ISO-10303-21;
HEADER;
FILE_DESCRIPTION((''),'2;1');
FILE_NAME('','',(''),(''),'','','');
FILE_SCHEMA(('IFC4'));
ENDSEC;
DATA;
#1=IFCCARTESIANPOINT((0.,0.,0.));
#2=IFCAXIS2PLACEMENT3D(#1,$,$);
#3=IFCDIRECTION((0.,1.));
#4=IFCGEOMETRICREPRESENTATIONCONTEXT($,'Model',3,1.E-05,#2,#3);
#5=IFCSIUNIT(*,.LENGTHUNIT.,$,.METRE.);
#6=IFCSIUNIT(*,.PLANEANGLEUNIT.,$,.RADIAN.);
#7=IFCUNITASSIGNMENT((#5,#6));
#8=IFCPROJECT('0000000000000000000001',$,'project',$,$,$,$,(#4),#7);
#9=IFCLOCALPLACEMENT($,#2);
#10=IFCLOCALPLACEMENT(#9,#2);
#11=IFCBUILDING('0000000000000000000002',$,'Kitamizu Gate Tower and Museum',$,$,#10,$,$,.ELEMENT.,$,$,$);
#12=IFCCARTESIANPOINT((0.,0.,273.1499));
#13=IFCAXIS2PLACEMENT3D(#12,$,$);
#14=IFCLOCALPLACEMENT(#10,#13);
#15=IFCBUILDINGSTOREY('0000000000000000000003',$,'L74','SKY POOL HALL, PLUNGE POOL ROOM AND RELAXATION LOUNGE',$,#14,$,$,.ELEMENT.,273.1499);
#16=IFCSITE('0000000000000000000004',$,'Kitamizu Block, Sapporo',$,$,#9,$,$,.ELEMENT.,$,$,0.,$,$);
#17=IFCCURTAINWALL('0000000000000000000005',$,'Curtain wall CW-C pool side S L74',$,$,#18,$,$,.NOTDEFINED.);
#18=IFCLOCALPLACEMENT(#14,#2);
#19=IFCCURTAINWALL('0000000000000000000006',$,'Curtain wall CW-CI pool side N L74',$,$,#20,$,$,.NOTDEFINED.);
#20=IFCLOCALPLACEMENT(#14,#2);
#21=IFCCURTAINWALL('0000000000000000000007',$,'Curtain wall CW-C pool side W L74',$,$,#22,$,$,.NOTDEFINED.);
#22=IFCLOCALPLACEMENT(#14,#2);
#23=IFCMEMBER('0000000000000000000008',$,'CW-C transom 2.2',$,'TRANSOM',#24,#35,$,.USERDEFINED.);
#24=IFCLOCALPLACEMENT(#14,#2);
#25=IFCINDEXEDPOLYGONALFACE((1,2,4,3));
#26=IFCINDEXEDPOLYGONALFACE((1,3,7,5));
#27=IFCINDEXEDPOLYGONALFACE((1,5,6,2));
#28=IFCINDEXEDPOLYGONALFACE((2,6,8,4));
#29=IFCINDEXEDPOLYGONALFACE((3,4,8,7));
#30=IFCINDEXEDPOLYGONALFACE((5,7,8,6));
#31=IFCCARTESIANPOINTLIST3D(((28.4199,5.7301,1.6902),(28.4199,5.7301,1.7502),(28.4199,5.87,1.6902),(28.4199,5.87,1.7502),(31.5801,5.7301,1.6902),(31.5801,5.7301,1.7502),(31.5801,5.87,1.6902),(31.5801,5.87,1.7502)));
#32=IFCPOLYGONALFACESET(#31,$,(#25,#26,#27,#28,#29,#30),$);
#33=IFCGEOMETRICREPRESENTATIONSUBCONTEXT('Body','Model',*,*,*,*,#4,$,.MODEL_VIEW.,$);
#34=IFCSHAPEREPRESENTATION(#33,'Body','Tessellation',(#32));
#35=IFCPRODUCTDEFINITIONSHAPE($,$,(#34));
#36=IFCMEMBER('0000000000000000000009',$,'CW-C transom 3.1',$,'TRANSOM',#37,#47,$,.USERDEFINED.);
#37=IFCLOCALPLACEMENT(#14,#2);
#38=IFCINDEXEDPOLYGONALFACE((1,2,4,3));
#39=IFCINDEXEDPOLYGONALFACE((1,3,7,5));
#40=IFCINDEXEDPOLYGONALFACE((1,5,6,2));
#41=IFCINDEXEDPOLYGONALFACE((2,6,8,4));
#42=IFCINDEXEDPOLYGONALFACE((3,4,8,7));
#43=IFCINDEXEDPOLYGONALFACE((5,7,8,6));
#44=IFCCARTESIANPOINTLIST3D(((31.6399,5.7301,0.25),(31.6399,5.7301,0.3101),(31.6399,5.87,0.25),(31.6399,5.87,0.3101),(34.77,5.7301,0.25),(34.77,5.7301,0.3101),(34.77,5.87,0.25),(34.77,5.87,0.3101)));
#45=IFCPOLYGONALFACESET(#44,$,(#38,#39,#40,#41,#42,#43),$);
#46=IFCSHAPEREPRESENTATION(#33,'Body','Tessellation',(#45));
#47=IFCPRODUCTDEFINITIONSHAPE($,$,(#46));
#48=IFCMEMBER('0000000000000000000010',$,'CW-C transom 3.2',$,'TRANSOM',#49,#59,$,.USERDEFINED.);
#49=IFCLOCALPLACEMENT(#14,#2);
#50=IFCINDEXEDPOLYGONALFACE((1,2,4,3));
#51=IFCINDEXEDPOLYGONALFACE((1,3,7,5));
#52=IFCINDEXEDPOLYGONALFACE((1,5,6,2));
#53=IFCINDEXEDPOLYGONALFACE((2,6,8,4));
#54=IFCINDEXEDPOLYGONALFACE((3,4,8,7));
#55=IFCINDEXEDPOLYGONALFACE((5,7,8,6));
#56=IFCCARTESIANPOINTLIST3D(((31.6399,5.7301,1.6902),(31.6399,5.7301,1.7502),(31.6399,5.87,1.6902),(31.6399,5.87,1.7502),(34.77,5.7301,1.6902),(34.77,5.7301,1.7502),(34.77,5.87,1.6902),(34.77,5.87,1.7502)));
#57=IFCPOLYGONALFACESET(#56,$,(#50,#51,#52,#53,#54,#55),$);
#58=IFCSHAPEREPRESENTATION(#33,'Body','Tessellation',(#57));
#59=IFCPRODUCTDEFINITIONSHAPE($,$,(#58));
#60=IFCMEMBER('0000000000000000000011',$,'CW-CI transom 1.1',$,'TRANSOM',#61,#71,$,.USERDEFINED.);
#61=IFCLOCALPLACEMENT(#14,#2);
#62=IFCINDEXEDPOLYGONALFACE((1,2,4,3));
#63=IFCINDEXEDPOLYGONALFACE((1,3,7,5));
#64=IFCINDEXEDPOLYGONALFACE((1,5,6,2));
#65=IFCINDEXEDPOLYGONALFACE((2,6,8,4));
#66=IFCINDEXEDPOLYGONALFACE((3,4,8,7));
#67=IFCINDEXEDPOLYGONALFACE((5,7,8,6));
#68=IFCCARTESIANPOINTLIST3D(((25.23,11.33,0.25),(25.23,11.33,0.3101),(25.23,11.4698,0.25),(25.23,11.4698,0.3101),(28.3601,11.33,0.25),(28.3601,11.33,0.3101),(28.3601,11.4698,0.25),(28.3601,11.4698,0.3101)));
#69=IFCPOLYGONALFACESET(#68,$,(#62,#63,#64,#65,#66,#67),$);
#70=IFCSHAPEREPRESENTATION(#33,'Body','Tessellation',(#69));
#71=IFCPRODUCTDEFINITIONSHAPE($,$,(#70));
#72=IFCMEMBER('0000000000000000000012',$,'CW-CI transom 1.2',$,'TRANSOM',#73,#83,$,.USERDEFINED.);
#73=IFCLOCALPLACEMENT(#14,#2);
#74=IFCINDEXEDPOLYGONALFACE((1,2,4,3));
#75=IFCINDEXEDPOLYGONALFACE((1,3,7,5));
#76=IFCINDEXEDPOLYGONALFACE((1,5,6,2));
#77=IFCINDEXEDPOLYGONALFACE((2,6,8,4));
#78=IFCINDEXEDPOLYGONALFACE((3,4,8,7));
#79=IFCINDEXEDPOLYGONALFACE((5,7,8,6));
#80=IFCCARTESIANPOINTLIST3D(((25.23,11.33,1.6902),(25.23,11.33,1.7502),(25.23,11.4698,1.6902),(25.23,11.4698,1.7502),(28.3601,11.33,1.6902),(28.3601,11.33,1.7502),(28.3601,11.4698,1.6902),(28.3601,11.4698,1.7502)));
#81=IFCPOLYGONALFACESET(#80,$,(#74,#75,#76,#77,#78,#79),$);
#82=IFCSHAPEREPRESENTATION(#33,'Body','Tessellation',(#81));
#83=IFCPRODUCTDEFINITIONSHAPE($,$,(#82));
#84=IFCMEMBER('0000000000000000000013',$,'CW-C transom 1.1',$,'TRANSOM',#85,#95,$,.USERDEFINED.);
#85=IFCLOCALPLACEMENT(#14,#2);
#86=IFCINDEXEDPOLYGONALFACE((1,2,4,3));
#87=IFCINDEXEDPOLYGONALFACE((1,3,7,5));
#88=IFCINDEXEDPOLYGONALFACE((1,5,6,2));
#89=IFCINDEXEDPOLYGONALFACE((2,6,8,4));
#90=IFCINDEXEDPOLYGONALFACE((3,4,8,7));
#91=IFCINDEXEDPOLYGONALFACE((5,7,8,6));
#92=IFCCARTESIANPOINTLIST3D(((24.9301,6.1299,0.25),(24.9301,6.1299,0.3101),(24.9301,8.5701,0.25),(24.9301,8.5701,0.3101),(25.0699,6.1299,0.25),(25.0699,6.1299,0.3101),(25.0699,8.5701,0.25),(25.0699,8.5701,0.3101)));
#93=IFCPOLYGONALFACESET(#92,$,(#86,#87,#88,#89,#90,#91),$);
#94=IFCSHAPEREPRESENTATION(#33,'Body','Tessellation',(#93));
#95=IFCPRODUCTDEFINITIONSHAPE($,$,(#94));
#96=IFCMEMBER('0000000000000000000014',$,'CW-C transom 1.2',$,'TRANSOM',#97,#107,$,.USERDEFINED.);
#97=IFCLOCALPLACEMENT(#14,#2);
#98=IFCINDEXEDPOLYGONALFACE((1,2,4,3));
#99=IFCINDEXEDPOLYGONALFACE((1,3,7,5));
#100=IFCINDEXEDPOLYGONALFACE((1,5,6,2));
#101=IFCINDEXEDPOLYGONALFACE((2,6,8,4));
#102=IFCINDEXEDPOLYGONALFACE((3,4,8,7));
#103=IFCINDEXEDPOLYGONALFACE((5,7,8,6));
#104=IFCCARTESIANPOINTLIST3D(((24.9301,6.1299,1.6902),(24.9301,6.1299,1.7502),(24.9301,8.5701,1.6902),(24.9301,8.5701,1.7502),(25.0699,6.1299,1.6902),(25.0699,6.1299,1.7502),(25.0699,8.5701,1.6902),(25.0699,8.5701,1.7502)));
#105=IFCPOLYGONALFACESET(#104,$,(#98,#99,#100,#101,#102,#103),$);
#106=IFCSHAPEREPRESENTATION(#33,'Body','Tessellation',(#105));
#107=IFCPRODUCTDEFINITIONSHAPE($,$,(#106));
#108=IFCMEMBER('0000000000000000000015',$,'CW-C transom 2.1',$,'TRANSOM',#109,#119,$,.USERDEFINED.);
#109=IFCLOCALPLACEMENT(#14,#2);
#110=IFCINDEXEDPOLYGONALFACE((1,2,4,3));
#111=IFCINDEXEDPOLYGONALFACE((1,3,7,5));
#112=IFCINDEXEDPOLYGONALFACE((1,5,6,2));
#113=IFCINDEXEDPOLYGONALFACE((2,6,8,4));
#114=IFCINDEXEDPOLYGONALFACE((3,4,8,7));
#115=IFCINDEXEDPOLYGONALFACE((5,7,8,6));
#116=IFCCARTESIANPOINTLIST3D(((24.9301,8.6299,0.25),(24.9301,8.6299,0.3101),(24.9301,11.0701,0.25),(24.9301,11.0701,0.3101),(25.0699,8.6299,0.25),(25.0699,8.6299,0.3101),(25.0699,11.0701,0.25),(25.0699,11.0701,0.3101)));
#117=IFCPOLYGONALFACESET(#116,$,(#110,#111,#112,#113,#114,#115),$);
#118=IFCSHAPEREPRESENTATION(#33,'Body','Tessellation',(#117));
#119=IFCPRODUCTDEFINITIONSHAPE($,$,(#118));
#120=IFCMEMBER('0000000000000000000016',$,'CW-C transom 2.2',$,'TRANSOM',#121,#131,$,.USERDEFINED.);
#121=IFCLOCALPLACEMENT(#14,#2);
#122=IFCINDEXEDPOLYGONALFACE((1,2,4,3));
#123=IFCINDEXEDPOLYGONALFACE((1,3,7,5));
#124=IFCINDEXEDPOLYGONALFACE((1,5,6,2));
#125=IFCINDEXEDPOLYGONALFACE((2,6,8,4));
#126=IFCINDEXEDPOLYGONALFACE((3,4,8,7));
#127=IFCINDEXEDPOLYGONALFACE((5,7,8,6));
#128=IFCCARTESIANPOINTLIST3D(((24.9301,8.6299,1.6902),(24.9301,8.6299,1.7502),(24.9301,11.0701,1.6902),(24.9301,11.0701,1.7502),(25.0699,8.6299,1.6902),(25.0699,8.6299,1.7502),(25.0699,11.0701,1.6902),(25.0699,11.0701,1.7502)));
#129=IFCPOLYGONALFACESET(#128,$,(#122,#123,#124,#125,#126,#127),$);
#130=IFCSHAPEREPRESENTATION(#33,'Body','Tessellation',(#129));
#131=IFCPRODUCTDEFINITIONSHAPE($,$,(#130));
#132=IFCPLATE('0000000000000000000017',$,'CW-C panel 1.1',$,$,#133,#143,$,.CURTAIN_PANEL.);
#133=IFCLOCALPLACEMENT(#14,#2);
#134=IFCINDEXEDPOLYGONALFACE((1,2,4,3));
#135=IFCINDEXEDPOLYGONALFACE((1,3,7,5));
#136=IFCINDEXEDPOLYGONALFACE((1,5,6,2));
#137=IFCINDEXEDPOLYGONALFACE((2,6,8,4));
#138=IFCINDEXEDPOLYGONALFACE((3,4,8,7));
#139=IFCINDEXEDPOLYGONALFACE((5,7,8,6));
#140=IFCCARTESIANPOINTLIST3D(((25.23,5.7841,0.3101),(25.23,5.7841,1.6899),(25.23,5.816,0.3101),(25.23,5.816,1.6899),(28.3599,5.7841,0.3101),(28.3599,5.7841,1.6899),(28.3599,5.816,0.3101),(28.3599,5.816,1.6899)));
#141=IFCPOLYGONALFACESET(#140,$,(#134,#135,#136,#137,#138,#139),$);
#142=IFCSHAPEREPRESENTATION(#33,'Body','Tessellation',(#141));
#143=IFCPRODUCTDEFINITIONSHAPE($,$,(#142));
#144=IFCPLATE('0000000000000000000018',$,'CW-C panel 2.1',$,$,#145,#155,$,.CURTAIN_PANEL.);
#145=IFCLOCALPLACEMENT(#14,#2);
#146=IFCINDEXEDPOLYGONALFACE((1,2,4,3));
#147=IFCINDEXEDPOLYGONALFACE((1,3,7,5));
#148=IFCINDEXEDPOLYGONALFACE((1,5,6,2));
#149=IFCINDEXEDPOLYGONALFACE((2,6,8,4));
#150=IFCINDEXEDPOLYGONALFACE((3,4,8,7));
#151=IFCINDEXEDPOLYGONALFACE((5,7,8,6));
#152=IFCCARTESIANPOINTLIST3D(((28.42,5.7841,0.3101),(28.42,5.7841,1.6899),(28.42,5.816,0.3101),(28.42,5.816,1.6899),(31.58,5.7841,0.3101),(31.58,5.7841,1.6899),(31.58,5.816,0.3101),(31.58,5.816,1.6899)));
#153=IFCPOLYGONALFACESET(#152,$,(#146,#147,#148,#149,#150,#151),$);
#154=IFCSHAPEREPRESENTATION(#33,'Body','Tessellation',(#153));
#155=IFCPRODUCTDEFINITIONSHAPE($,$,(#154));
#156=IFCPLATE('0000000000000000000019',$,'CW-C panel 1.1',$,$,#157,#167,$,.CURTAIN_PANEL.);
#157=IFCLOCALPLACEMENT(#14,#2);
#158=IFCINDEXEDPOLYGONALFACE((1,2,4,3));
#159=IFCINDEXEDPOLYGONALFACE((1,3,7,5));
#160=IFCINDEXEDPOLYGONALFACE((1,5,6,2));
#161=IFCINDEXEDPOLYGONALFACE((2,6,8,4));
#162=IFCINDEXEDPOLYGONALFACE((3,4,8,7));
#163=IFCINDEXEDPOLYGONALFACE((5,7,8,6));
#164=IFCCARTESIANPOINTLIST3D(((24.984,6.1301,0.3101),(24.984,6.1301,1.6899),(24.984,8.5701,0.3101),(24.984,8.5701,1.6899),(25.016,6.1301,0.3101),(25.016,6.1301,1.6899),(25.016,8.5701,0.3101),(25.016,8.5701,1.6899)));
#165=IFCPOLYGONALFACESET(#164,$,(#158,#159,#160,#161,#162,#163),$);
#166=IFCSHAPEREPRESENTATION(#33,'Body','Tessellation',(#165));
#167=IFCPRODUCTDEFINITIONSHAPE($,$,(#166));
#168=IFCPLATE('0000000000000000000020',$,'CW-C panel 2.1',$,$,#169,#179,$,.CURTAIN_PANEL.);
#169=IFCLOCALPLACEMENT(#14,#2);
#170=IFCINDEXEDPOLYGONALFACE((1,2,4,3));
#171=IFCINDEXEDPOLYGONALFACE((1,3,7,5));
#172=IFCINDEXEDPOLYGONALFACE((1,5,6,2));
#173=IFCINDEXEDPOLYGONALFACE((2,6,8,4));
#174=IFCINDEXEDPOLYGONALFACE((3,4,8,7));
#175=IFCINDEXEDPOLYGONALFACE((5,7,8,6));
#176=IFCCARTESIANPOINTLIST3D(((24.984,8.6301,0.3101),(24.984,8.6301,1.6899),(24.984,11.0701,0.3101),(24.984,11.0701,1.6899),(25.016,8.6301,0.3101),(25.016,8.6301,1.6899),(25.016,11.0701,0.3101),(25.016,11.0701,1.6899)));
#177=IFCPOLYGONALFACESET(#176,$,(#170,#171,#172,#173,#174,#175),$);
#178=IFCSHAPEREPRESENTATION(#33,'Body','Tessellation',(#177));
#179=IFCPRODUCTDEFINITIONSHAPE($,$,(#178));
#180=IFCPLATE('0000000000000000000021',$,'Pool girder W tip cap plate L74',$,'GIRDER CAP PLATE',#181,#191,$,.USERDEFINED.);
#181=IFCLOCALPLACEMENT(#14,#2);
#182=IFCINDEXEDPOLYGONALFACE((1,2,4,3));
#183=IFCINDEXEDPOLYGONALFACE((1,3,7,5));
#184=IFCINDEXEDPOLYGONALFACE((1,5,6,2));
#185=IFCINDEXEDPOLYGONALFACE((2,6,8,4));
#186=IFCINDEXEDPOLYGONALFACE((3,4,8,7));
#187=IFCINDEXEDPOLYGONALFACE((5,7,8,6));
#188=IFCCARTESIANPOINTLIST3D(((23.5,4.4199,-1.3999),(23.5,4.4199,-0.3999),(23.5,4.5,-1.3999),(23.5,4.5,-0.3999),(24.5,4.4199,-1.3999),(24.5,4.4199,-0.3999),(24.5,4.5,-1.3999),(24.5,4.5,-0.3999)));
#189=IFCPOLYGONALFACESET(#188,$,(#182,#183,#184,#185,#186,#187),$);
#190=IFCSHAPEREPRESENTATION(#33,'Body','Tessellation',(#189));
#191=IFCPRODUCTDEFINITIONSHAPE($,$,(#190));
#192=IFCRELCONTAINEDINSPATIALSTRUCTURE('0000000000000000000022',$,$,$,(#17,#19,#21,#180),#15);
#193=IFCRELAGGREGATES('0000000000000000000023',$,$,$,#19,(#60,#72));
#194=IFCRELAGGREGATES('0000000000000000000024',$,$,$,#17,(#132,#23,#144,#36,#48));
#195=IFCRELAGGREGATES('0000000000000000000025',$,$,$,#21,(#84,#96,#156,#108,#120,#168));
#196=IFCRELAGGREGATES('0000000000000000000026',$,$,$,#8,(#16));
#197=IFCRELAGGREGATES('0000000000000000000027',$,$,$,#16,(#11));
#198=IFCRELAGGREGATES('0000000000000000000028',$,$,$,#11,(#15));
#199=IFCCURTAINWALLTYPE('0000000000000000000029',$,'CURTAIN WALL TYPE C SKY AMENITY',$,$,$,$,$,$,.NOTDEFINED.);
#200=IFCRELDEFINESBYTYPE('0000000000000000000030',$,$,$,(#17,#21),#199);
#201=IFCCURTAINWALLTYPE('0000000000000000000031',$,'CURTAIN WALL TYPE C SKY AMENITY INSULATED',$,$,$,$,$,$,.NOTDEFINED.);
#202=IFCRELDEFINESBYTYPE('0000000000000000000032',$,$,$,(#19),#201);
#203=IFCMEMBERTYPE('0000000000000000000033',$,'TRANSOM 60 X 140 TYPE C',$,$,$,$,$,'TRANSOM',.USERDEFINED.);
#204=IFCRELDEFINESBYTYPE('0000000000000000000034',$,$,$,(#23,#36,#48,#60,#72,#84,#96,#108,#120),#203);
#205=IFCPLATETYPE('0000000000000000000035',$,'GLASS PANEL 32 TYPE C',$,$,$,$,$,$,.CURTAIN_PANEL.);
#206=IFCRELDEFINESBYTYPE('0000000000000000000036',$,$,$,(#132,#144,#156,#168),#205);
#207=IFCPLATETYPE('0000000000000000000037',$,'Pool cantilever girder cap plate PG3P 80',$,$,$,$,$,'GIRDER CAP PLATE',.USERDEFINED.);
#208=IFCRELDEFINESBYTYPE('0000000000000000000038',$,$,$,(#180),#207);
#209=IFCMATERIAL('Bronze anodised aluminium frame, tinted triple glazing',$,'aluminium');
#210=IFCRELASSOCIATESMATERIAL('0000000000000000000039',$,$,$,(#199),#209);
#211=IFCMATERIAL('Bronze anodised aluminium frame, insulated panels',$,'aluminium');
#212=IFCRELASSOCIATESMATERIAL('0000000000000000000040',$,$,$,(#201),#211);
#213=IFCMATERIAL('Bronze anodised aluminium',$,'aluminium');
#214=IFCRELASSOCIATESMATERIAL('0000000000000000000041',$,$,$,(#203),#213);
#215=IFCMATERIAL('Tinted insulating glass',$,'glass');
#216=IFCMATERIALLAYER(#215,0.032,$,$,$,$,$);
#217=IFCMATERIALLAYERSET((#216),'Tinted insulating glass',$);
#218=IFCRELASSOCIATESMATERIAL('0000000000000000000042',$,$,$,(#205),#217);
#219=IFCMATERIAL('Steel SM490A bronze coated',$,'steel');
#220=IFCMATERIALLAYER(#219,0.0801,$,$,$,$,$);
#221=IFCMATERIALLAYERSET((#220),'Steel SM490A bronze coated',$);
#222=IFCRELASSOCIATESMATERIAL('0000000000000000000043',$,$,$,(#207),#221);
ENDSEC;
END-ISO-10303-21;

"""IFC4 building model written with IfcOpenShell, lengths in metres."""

from ifc_helpers import new_model, si_unit, direction, frame, origin, origin_2d, place, context, subcontext, project, spatial, rectangle, extrude, material, layer, layer_set, material_profile, profile_set, type_object, element, aggregate, save


model = new_model("IFC4")

# Units and contexts
model_context = context("Model", 3, precision=1e-05, world=origin(), true_north=direction((0.0, 1.0)))
body_context = subcontext(model_context, "Body", "Model", "MODEL_VIEW")
ifc_project = project(units=[si_unit("LENGTHUNIT", "METRE"), si_unit("PLANEANGLEUNIT", "RADIAN")], contexts=[model_context])

# Site, building, storey
site_placement = place(None, origin())
site = spatial("IfcSite", under=ifc_project, at=site_placement, Name="Kitamizu Block, Sapporo", CompositionType="ELEMENT", RefElevation=0.0)
building_placement = place(site_placement, origin())
building = spatial("IfcBuilding", under=site, at=building_placement, Name="Kitamizu Gate Tower and Museum", CompositionType="ELEMENT")
storey_placement = place(building_placement, frame((0.0, 0.0, 273.1499)))
storey = spatial("IfcBuildingStorey", under=building, at=storey_placement, Name="L74", Description="SKY POOL HALL, PLUNGE POOL ROOM AND RELAXATION LOUNGE", CompositionType="ELEMENT", Elevation=273.1499)

# Curtain wall
ifc_material_1 = material(Name="Bronze anodised aluminium frame, tinted triple glazing", Category="aluminium")
curtain_wall_type_1 = type_object("IfcCurtainWallType", Name="CURTAIN WALL TYPE C SKY AMENITY", PredefinedType="NOTDEFINED", material=ifc_material_1)
curtain_wall_1_placement = place(storey_placement, origin())
curtain_wall_1 = element("IfcCurtainWall", 1, at=curtain_wall_1_placement, inside=storey, type_object=curtain_wall_type_1, Name="Curtain wall CW-C pool side S L74", PredefinedType="NOTDEFINED")

# Curtain wall
ifc_material_2 = material(Name="Bronze anodised aluminium frame, insulated panels", Category="aluminium")
curtain_wall_type_2 = type_object("IfcCurtainWallType", Name="CURTAIN WALL TYPE C SKY AMENITY INSULATED", PredefinedType="NOTDEFINED", material=ifc_material_2)
curtain_wall_2_placement = place(storey_placement, origin())
curtain_wall_2 = element("IfcCurtainWall", 2, at=curtain_wall_2_placement, inside=storey, type_object=curtain_wall_type_2, Name="Curtain wall CW-CI pool side N L74", PredefinedType="NOTDEFINED")

# Curtain wall
curtain_wall_3_placement = place(storey_placement, origin())
curtain_wall_3 = element("IfcCurtainWall", 3, at=curtain_wall_3_placement, inside=storey, type_object=curtain_wall_type_1, Name="Curtain wall CW-C pool side W L74", PredefinedType="NOTDEFINED")

# Members
ifc_material_3 = material(Name="Bronze anodised aluminium", Category="aluminium")
ifc_material_profile_1 = material_profile(ifc_material_3, rectangle(XDim=0.1399, YDim=0.0601, at=origin_2d()), Name="AL 60X140")
ifc_profile_set_1 = profile_set([ifc_material_profile_1], Name="Bronze anodised aluminium")
member_type_1 = type_object("IfcMemberType", Name="TRANSOM 60 X 140 TYPE C", ElementType="TRANSOM", PredefinedType="USERDEFINED", material=ifc_profile_set_1)
member_1_placement = place(storey_placement, frame((28.4199, 5.8, 1.7202), z_axis=(1.0, 0.0, 0.0), x_axis=(0.0, 1.0, 0.0)))
member_1 = element("IfcMember", 4, at=member_1_placement, type_object=member_type_1, Name="CW-C transom 2.2", ObjectType="TRANSOM", PredefinedType="USERDEFINED", context=body_context, shape_type="SweptSolid", body=[
    extrude(rectangle(XDim=0.1399, YDim=0.0601, at=origin_2d()), origin(), (0.0, 0.0, 1.0), 3.1602),
])
member_2_placement = place(storey_placement, frame((31.6399, 5.8, 0.28), z_axis=(1.0, 0.0, 0.0), x_axis=(0.0, 1.0, 0.0)))
member_2 = element("IfcMember", 5, at=member_2_placement, type_object=member_type_1, Name="CW-C transom 3.1", ObjectType="TRANSOM", PredefinedType="USERDEFINED", context=body_context, shape_type="SweptSolid", body=[
    extrude(rectangle(XDim=0.1399, YDim=0.0601, at=origin_2d()), origin(), (0.0, 0.0, 1.0), 3.1301),
])
member_3_placement = place(storey_placement, frame((31.6399, 5.8, 1.7202), z_axis=(1.0, 0.0, 0.0), x_axis=(0.0, 1.0, 0.0)))
member_3 = element("IfcMember", 6, at=member_3_placement, type_object=member_type_1, Name="CW-C transom 3.2", ObjectType="TRANSOM", PredefinedType="USERDEFINED", context=body_context, shape_type="SweptSolid", body=[
    extrude(rectangle(XDim=0.1399, YDim=0.0601, at=origin_2d()), origin(), (0.0, 0.0, 1.0), 3.1301),
])
member_4_placement = place(storey_placement, frame((25.23, 11.3999, 0.28), z_axis=(1.0, 0.0, 0.0), x_axis=(0.0, 1.0, 0.0)))
member_4 = element("IfcMember", 7, at=member_4_placement, type_object=member_type_1, Name="CW-CI transom 1.1", ObjectType="TRANSOM", PredefinedType="USERDEFINED", context=body_context, shape_type="SweptSolid", body=[
    extrude(rectangle(XDim=0.1399, YDim=0.0601, at=origin_2d()), origin(), (0.0, 0.0, 1.0), 3.1301),
])
member_5_placement = place(storey_placement, frame((25.23, 11.3999, 1.7202), z_axis=(1.0, 0.0, 0.0), x_axis=(0.0, 1.0, 0.0)))
member_5 = element("IfcMember", 8, at=member_5_placement, type_object=member_type_1, Name="CW-CI transom 1.2", ObjectType="TRANSOM", PredefinedType="USERDEFINED", context=body_context, shape_type="SweptSolid", body=[
    extrude(rectangle(XDim=0.1399, YDim=0.0601, at=origin_2d()), origin(), (0.0, 0.0, 1.0), 3.1301),
])
aggregate(curtain_wall_2, [member_4, member_5])
member_6_placement = place(storey_placement, frame((25.0, 6.1299, 0.28), z_axis=(0.0, 1.0, 0.0), x_axis=(-1.0, 0.0, 0.0)))
member_6 = element("IfcMember", 9, at=member_6_placement, type_object=member_type_1, Name="CW-C transom 1.1", ObjectType="TRANSOM", PredefinedType="USERDEFINED", context=body_context, shape_type="SweptSolid", body=[
    extrude(rectangle(XDim=0.1399, YDim=0.0601, at=origin_2d()), origin(), (0.0, 0.0, 1.0), 2.4402),
])
member_7_placement = place(storey_placement, frame((25.0, 6.1299, 1.7202), z_axis=(0.0, 1.0, 0.0), x_axis=(-1.0, 0.0, 0.0)))
member_7 = element("IfcMember", 10, at=member_7_placement, type_object=member_type_1, Name="CW-C transom 1.2", ObjectType="TRANSOM", PredefinedType="USERDEFINED", context=body_context, shape_type="SweptSolid", body=[
    extrude(rectangle(XDim=0.1399, YDim=0.0601, at=origin_2d()), origin(), (0.0, 0.0, 1.0), 2.4402),
])
member_8_placement = place(storey_placement, frame((25.0, 8.6299, 0.28), z_axis=(0.0, 1.0, 0.0), x_axis=(-1.0, 0.0, 0.0)))
member_8 = element("IfcMember", 11, at=member_8_placement, type_object=member_type_1, Name="CW-C transom 2.1", ObjectType="TRANSOM", PredefinedType="USERDEFINED", context=body_context, shape_type="SweptSolid", body=[
    extrude(rectangle(XDim=0.1399, YDim=0.0601, at=origin_2d()), origin(), (0.0, 0.0, 1.0), 2.4402),
])
member_9_placement = place(storey_placement, frame((25.0, 8.6299, 1.7202), z_axis=(0.0, 1.0, 0.0), x_axis=(-1.0, 0.0, 0.0)))
member_9 = element("IfcMember", 12, at=member_9_placement, type_object=member_type_1, Name="CW-C transom 2.2", ObjectType="TRANSOM", PredefinedType="USERDEFINED", context=body_context, shape_type="SweptSolid", body=[
    extrude(rectangle(XDim=0.1399, YDim=0.0601, at=origin_2d()), origin(), (0.0, 0.0, 1.0), 2.4402),
])

# Plates
ifc_material_4 = material(Name="Tinted insulating glass", Category="glass")
ifc_layer_1 = layer(ifc_material_4, 0.032)
ifc_layer_set_1 = layer_set([ifc_layer_1], Name="Tinted insulating glass")
plate_type_1 = type_object("IfcPlateType", Name="GLASS PANEL 32 TYPE C", PredefinedType="CURTAIN_PANEL", material=ifc_layer_set_1)
plate_1_placement = place(storey_placement, frame((26.7949, 5.8, 0.3101), z_axis=(0.0, 0.0, 1.0), x_axis=(1.0, 0.0, 0.0)))
plate_1 = element("IfcPlate", 13, at=plate_1_placement, type_object=plate_type_1, Name="CW-C panel 1.1", PredefinedType="CURTAIN_PANEL", context=body_context, shape_type="SweptSolid", body=[
    extrude(rectangle(XDim=3.1299, YDim=0.032, at=origin_2d()), origin(), (0.0, 0.0, 1.0), 1.3799),
])
plate_2_placement = place(storey_placement, frame((30.0, 5.8, 0.3101), z_axis=(0.0, 0.0, 1.0), x_axis=(1.0, 0.0, 0.0)))
plate_2 = element("IfcPlate", 14, at=plate_2_placement, type_object=plate_type_1, Name="CW-C panel 2.1", PredefinedType="CURTAIN_PANEL", context=body_context, shape_type="SweptSolid", body=[
    extrude(rectangle(XDim=3.1599, YDim=0.032, at=origin_2d()), origin(), (0.0, 0.0, 1.0), 1.3799),
])
aggregate(curtain_wall_1, [plate_1, member_1, plate_2, member_2, member_3])
plate_3_placement = place(storey_placement, frame((25.0, 7.3501, 0.3101), z_axis=(0.0, 0.0, 1.0), x_axis=(0.0, 1.0, 0.0)))
plate_3 = element("IfcPlate", 15, at=plate_3_placement, type_object=plate_type_1, Name="CW-C panel 1.1", PredefinedType="CURTAIN_PANEL", context=body_context, shape_type="SweptSolid", body=[
    extrude(rectangle(XDim=2.4399, YDim=0.032, at=origin_2d()), origin(), (0.0, 0.0, 1.0), 1.3799),
])
plate_4_placement = place(storey_placement, frame((25.0, 9.8501, 0.3101), z_axis=(0.0, 0.0, 1.0), x_axis=(0.0, 1.0, 0.0)))
plate_4 = element("IfcPlate", 16, at=plate_4_placement, type_object=plate_type_1, Name="CW-C panel 2.1", PredefinedType="CURTAIN_PANEL", context=body_context, shape_type="SweptSolid", body=[
    extrude(rectangle(XDim=2.4399, YDim=0.032, at=origin_2d()), origin(), (0.0, 0.0, 1.0), 1.3799),
])
aggregate(curtain_wall_3, [member_6, member_7, plate_3, member_8, member_9, plate_4])
ifc_material_5 = material(Name="Steel SM490A bronze coated", Category="steel")
ifc_layer_2 = layer(ifc_material_5, 0.0801)
ifc_layer_set_2 = layer_set([ifc_layer_2], Name="Steel SM490A bronze coated")
plate_type_2 = type_object("IfcPlateType", Name="Pool cantilever girder cap plate PG3P 80", ElementType="GIRDER CAP PLATE", PredefinedType="USERDEFINED", material=ifc_layer_set_2)
plate_5_placement = place(storey_placement, frame((24.0, 4.46, -1.3999), z_axis=(0.0, 0.0, 1.0), x_axis=(1.0, 0.0, 0.0)))
element("IfcPlate", 17, at=plate_5_placement, inside=storey, type_object=plate_type_2, Name="Pool girder W tip cap plate L74", ObjectType="GIRDER CAP PLATE", PredefinedType="USERDEFINED", context=body_context, shape_type="SweptSolid", body=[
    extrude(rectangle(XDim=1.0, YDim=0.0801, at=origin_2d()), origin(), (0.0, 0.0, 1.0), 1.0),
])

save(model, "model.ifc")
